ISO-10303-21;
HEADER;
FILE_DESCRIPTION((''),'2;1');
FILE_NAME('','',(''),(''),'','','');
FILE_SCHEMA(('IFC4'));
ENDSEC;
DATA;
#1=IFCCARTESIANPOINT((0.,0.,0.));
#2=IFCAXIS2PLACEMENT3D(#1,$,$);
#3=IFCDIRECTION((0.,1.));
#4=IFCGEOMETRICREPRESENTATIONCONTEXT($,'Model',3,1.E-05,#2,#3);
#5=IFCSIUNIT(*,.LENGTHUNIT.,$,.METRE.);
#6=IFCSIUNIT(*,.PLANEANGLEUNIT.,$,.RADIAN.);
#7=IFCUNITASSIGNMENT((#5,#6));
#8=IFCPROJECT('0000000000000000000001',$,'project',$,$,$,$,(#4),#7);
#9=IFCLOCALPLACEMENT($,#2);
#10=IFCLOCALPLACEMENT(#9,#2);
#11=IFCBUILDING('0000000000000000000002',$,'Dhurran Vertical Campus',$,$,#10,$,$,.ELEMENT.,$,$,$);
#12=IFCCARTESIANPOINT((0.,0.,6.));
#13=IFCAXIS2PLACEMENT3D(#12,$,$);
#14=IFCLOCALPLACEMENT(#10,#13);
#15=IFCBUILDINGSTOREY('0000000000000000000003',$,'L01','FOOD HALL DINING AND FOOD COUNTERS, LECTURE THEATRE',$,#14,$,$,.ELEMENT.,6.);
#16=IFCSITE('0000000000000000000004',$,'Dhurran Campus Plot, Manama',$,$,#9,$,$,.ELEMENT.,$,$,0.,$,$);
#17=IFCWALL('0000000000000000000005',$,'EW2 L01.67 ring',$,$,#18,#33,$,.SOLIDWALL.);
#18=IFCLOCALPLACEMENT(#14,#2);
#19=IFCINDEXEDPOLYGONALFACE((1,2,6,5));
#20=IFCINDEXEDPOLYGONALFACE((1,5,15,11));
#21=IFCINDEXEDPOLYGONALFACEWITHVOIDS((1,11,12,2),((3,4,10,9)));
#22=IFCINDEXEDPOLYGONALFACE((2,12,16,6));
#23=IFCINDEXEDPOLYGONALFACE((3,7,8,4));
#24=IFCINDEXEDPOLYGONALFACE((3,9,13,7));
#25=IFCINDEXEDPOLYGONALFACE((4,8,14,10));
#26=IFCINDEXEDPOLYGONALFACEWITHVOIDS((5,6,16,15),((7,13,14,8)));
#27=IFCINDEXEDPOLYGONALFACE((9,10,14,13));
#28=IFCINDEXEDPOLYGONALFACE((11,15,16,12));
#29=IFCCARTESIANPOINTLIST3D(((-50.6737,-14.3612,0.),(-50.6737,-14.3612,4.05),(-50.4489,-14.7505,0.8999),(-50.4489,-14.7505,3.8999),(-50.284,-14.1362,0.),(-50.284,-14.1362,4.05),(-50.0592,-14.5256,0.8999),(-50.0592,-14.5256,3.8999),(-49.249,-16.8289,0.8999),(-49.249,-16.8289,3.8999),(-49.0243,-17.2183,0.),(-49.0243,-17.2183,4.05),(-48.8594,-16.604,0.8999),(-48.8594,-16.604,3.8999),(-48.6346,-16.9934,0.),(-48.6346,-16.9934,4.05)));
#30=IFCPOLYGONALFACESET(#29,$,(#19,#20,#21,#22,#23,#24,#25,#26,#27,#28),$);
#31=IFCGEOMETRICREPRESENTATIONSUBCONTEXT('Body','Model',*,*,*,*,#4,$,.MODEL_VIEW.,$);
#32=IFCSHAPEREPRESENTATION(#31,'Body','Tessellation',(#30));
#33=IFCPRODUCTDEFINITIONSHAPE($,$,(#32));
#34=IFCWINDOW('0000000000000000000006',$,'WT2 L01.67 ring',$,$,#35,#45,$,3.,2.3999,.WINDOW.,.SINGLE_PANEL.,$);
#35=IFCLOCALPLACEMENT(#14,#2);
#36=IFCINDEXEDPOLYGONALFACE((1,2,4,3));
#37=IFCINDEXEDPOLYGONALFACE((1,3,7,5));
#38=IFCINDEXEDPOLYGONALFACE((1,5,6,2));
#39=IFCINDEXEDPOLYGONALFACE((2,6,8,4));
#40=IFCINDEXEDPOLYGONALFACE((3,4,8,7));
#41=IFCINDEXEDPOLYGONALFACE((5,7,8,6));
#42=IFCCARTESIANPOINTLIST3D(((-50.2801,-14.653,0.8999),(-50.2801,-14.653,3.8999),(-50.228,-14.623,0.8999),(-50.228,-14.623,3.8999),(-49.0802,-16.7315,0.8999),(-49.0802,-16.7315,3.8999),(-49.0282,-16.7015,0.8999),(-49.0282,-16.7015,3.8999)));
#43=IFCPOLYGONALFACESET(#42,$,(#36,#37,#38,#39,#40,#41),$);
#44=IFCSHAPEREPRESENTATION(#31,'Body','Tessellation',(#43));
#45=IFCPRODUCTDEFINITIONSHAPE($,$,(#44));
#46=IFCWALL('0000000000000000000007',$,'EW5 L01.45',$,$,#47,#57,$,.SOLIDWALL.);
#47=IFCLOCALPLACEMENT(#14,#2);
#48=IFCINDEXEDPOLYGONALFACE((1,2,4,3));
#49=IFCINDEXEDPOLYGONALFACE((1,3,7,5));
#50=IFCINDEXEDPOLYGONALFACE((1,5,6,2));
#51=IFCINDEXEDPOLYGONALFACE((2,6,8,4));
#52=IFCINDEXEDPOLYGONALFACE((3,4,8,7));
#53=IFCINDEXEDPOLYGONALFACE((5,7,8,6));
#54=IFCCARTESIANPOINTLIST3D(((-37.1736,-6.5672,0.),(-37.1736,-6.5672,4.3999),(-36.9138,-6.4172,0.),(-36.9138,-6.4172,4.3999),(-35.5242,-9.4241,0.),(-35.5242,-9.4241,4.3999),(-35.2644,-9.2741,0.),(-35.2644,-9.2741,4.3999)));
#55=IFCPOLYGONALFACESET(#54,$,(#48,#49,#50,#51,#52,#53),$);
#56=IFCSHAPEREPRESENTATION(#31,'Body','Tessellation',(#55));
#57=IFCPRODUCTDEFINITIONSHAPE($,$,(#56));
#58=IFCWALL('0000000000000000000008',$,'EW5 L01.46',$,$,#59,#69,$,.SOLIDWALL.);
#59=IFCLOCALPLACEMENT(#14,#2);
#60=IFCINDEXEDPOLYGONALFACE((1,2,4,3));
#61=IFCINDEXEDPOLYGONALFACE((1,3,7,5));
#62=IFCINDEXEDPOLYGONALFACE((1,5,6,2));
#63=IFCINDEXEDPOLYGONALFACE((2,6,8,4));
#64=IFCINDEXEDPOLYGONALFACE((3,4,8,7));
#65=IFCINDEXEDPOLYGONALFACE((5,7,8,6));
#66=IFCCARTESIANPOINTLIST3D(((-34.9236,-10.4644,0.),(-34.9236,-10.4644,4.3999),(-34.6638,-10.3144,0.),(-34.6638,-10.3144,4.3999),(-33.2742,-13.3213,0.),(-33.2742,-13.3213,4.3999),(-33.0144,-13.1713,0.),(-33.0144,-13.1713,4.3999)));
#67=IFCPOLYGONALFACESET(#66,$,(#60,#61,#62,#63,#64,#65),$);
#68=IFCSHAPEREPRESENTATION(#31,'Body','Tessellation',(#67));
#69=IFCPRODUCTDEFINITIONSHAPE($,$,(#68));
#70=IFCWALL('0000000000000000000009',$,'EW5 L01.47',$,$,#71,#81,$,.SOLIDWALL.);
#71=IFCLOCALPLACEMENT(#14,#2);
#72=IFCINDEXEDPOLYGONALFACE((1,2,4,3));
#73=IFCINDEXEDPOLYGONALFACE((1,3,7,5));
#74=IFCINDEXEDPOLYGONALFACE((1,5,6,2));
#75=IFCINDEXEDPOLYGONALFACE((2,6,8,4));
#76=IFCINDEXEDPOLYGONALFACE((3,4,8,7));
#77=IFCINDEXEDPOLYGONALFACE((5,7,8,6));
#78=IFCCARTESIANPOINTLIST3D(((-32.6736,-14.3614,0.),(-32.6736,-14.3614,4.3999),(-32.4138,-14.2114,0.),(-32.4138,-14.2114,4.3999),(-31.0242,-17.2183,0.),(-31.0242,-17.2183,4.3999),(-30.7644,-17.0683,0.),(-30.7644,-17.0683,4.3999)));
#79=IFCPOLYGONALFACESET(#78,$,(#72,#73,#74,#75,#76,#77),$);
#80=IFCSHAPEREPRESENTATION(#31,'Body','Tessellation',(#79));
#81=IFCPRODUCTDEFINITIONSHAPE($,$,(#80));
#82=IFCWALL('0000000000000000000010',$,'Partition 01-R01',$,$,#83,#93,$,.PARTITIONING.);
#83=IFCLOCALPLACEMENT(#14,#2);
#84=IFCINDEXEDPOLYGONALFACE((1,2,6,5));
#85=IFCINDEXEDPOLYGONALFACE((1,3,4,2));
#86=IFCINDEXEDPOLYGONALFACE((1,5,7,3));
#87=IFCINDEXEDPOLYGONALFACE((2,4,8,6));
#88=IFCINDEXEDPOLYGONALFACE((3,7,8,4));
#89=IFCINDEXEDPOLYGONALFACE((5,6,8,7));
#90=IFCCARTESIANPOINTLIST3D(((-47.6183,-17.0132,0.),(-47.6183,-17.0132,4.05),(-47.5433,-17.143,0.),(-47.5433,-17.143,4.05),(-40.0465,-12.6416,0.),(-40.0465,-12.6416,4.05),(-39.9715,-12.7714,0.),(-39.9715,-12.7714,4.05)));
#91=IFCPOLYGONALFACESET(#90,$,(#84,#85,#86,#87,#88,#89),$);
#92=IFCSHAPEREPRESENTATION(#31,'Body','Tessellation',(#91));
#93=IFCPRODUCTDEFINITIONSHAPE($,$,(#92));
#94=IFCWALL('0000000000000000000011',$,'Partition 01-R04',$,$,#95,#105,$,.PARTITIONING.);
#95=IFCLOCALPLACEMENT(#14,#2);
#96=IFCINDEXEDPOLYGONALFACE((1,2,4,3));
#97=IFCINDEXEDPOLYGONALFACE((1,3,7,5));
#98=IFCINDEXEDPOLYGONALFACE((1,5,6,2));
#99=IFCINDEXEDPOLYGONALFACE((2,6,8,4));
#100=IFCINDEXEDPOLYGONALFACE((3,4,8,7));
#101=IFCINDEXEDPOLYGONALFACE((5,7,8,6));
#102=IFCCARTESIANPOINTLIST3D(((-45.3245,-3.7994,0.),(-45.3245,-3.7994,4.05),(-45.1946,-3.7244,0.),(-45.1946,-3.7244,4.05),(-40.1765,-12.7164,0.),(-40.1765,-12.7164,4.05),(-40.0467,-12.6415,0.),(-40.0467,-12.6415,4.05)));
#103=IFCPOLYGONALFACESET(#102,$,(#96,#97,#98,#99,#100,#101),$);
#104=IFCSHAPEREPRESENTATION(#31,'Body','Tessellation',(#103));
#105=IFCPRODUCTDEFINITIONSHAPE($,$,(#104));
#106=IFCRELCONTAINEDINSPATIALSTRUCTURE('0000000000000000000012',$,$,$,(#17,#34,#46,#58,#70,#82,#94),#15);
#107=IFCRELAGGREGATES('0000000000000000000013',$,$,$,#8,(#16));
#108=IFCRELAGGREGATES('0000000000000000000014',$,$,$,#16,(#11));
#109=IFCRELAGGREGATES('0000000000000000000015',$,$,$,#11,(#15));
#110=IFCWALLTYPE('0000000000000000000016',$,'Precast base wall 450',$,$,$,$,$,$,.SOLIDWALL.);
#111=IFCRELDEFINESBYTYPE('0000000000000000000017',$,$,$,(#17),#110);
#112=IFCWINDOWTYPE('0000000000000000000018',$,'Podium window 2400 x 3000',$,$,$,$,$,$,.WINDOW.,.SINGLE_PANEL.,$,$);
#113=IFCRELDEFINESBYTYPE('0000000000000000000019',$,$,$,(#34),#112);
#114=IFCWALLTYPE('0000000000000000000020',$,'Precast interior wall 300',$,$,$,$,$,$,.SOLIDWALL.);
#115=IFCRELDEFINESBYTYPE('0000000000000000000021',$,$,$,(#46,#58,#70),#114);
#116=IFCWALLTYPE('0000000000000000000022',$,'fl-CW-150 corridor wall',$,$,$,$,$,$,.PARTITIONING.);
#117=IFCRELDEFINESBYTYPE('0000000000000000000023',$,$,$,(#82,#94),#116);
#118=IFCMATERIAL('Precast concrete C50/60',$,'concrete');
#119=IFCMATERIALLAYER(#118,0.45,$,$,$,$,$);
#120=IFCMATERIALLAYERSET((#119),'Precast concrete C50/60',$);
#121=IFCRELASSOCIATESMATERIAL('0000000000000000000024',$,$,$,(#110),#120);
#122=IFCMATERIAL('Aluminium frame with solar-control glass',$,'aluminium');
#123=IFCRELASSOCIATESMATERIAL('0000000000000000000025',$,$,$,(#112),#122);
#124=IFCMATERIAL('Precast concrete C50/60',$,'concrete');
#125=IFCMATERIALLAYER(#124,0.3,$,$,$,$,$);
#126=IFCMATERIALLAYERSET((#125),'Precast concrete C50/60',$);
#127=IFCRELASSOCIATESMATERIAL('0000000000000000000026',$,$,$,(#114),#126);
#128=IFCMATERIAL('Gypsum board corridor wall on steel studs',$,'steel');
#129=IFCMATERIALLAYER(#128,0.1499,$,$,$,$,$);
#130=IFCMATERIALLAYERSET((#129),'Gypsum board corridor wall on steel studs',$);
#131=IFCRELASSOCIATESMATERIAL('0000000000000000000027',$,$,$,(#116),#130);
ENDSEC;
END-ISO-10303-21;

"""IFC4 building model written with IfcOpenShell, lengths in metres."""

from ifc_helpers import new_model, si_unit, direction, frame, frame_2d, origin, place, context, subcontext, project, spatial, rectangle, extrude, material, layer, layer_set, type_object, element, fill, save


model = new_model("IFC4")

# Units and contexts
model_context = context("Model", 3, precision=1e-05, world=origin(), true_north=direction((0.0, 1.0)))
body_context = subcontext(model_context, "Body", "Model", "MODEL_VIEW")
ifc_project = project(units=[si_unit("LENGTHUNIT", "METRE"), si_unit("PLANEANGLEUNIT", "RADIAN")], contexts=[model_context])

# Site, building, storey
site_placement = place(None, origin())
site = spatial("IfcSite", under=ifc_project, at=site_placement, Name="Dhurran Campus Plot, Manama", CompositionType="ELEMENT", RefElevation=0.0)
building_placement = place(site_placement, origin())
building = spatial("IfcBuilding", under=site, at=building_placement, Name="Dhurran Vertical Campus", CompositionType="ELEMENT")
storey_placement = place(building_placement, frame((0.0, 0.0, 6.0)))
storey = spatial("IfcBuildingStorey", under=building, at=storey_placement, Name="L01", Description="FOOD HALL DINING AND FOOD COUNTERS, LECTURE THEATRE", CompositionType="ELEMENT", Elevation=6.0)

# Wall, opening, window
ifc_material_1 = material(Name="Precast concrete C50/60", Category="concrete")
ifc_layer_1 = layer(ifc_material_1, 0.45)
ifc_layer_set_1 = layer_set([ifc_layer_1], Name="Precast concrete C50/60")
wall_type_1 = type_object("IfcWallType", Name="Precast base wall 450", PredefinedType="SOLIDWALL", material=ifc_layer_set_1)
ifc_material_2 = material(Name="Aluminium frame with solar-control glass", Category="aluminium")
window_type = type_object("IfcWindowType", Name="Podium window 2400 x 3000", PartitioningType="SINGLE_PANEL", PredefinedType="WINDOW", material=ifc_material_2)
wall_1_placement = place(storey_placement, frame((-50.4788, -14.2488, 0.0), z_axis=(0.0, 0.0, 1.0), x_axis=(0.499959, -0.866049, 0.0)))
wall_1 = element("IfcWall", 1, at=wall_1_placement, inside=storey, type_object=wall_type_1, Name="EW2 L01.67 ring", PredefinedType="SOLIDWALL", context=body_context, shape_type="SweptSolid", body=[
    extrude(rectangle(XDim=3.2991, YDim=0.45, at=frame_2d((1.6494, 0.0))), origin(), (0.0, 0.0, 1.0), 4.05),
])
opening_1_placement = place(wall_1_placement, frame((0.4495, 0.0, 0.8999)))
opening_1 = element("IfcOpeningElement", 2, at=opening_1_placement, cuts=wall_1, PredefinedType="OPENING", context=body_context, shape_type="SweptSolid", body=[
    extrude(rectangle(XDim=2.3999, YDim=3.0, at=frame_2d((1.2, 1.5))), frame((0.0, 0.2349, 0.0), z_axis=(0.0, -1.0, 0.0), x_axis=(1.0, 0.0, 0.0)), (0.0, 0.0, 1.0), 0.47),
])
window_1_placement = place(opening_1_placement, origin())
window_1 = element("IfcWindow", 3, at=window_1_placement, inside=storey, type_object=window_type, Name="WT2 L01.67 ring", OverallHeight=3.0, OverallWidth=2.3999, PartitioningType="SINGLE_PANEL", PredefinedType="WINDOW", context=body_context, shape_type="SweptSolid", body=[
    extrude(rectangle(XDim=2.3999, YDim=3.0, at=frame_2d((1.2, 1.5))), frame((0.0, 0.03, 0.0), z_axis=(0.0, -1.0, 0.0), x_axis=(1.0, 0.0, 0.0)), (0.0, 0.0, 1.0), 0.0601),
])
fill(opening_1, window_1)

# Walls
ifc_material_3 = material(Name="Precast concrete C50/60", Category="concrete")
ifc_layer_2 = layer(ifc_material_3, 0.3)
ifc_layer_set_2 = layer_set([ifc_layer_2], Name="Precast concrete C50/60")
wall_type_2 = type_object("IfcWallType", Name="Precast interior wall 300", PredefinedType="SOLIDWALL", material=ifc_layer_set_2)
for number, where, z_axis, x_axis, name in (
    (4, (-37.0437, -6.4922, 0.0), (0.0, 0.0, 1.0), (0.499992, -0.86603, 0.0), "EW5 L01.45"),
    (5, (-34.7937, -10.3894, 0.0), (0.0, 0.0, 1.0), (0.499992, -0.86603, 0.0), "EW5 L01.46"),
    (6, (-32.5437, -14.2864, 0.0), (0.0, 0.0, 1.0), (0.499992, -0.86603, 0.0), "EW5 L01.47"),
):
    element("IfcWall", number, at=place(storey_placement, frame(where, z_axis=z_axis, x_axis=x_axis)), inside=storey, type_object=wall_type_2, Name=name, PredefinedType="SOLIDWALL", context=body_context, shape_type="SweptSolid", body=[
        extrude(rectangle(XDim=3.2988, YDim=0.3, at=frame_2d((1.6494, 0.0))), origin(), (0.0, 0.0, 1.0), 4.3999),
    ])
ifc_material_4 = material(Name="Gypsum board corridor wall on steel studs", Category="steel")
ifc_layer_3 = layer(ifc_material_4, 0.1499)
ifc_layer_set_3 = layer_set([ifc_layer_3], Name="Gypsum board corridor wall on steel studs")
wall_type_3 = type_object("IfcWallType", Name="fl-CW-150 corridor wall", PredefinedType="PARTITIONING", material=ifc_layer_set_3)
wall_2_placement = place(storey_placement, frame((-47.5808, -17.0781, 0.0), z_axis=(0.0, 0.0, 1.0), x_axis=(0.866025, 0.500001, 0.0)))
element("IfcWall", 7, at=wall_2_placement, inside=storey, type_object=wall_type_3, Name="Partition 01-R01", PredefinedType="PARTITIONING", context=body_context, shape_type="SweptSolid", body=[
    extrude(rectangle(XDim=8.7432, YDim=0.1499, at=frame_2d((4.3716, 0.0))), origin(), (0.0, 0.0, 1.0), 4.05),
])
wall_3_placement = place(storey_placement, frame((-40.1116, -12.679, 0.0), z_axis=(0.0, 0.0, 1.0), x_axis=(-0.49998, 0.866037, 0.0)))
element("IfcWall", 8, at=wall_3_placement, inside=storey, type_object=wall_type_3, Name="Partition 01-R04", PredefinedType="PARTITIONING", context=body_context, shape_type="SweptSolid", body=[
    extrude(rectangle(XDim=10.2964, YDim=0.1499, at=frame_2d((5.1482, 0.0))), origin(), (0.0, 0.0, 1.0), 4.05),
])

save(model, "model.ifc")
